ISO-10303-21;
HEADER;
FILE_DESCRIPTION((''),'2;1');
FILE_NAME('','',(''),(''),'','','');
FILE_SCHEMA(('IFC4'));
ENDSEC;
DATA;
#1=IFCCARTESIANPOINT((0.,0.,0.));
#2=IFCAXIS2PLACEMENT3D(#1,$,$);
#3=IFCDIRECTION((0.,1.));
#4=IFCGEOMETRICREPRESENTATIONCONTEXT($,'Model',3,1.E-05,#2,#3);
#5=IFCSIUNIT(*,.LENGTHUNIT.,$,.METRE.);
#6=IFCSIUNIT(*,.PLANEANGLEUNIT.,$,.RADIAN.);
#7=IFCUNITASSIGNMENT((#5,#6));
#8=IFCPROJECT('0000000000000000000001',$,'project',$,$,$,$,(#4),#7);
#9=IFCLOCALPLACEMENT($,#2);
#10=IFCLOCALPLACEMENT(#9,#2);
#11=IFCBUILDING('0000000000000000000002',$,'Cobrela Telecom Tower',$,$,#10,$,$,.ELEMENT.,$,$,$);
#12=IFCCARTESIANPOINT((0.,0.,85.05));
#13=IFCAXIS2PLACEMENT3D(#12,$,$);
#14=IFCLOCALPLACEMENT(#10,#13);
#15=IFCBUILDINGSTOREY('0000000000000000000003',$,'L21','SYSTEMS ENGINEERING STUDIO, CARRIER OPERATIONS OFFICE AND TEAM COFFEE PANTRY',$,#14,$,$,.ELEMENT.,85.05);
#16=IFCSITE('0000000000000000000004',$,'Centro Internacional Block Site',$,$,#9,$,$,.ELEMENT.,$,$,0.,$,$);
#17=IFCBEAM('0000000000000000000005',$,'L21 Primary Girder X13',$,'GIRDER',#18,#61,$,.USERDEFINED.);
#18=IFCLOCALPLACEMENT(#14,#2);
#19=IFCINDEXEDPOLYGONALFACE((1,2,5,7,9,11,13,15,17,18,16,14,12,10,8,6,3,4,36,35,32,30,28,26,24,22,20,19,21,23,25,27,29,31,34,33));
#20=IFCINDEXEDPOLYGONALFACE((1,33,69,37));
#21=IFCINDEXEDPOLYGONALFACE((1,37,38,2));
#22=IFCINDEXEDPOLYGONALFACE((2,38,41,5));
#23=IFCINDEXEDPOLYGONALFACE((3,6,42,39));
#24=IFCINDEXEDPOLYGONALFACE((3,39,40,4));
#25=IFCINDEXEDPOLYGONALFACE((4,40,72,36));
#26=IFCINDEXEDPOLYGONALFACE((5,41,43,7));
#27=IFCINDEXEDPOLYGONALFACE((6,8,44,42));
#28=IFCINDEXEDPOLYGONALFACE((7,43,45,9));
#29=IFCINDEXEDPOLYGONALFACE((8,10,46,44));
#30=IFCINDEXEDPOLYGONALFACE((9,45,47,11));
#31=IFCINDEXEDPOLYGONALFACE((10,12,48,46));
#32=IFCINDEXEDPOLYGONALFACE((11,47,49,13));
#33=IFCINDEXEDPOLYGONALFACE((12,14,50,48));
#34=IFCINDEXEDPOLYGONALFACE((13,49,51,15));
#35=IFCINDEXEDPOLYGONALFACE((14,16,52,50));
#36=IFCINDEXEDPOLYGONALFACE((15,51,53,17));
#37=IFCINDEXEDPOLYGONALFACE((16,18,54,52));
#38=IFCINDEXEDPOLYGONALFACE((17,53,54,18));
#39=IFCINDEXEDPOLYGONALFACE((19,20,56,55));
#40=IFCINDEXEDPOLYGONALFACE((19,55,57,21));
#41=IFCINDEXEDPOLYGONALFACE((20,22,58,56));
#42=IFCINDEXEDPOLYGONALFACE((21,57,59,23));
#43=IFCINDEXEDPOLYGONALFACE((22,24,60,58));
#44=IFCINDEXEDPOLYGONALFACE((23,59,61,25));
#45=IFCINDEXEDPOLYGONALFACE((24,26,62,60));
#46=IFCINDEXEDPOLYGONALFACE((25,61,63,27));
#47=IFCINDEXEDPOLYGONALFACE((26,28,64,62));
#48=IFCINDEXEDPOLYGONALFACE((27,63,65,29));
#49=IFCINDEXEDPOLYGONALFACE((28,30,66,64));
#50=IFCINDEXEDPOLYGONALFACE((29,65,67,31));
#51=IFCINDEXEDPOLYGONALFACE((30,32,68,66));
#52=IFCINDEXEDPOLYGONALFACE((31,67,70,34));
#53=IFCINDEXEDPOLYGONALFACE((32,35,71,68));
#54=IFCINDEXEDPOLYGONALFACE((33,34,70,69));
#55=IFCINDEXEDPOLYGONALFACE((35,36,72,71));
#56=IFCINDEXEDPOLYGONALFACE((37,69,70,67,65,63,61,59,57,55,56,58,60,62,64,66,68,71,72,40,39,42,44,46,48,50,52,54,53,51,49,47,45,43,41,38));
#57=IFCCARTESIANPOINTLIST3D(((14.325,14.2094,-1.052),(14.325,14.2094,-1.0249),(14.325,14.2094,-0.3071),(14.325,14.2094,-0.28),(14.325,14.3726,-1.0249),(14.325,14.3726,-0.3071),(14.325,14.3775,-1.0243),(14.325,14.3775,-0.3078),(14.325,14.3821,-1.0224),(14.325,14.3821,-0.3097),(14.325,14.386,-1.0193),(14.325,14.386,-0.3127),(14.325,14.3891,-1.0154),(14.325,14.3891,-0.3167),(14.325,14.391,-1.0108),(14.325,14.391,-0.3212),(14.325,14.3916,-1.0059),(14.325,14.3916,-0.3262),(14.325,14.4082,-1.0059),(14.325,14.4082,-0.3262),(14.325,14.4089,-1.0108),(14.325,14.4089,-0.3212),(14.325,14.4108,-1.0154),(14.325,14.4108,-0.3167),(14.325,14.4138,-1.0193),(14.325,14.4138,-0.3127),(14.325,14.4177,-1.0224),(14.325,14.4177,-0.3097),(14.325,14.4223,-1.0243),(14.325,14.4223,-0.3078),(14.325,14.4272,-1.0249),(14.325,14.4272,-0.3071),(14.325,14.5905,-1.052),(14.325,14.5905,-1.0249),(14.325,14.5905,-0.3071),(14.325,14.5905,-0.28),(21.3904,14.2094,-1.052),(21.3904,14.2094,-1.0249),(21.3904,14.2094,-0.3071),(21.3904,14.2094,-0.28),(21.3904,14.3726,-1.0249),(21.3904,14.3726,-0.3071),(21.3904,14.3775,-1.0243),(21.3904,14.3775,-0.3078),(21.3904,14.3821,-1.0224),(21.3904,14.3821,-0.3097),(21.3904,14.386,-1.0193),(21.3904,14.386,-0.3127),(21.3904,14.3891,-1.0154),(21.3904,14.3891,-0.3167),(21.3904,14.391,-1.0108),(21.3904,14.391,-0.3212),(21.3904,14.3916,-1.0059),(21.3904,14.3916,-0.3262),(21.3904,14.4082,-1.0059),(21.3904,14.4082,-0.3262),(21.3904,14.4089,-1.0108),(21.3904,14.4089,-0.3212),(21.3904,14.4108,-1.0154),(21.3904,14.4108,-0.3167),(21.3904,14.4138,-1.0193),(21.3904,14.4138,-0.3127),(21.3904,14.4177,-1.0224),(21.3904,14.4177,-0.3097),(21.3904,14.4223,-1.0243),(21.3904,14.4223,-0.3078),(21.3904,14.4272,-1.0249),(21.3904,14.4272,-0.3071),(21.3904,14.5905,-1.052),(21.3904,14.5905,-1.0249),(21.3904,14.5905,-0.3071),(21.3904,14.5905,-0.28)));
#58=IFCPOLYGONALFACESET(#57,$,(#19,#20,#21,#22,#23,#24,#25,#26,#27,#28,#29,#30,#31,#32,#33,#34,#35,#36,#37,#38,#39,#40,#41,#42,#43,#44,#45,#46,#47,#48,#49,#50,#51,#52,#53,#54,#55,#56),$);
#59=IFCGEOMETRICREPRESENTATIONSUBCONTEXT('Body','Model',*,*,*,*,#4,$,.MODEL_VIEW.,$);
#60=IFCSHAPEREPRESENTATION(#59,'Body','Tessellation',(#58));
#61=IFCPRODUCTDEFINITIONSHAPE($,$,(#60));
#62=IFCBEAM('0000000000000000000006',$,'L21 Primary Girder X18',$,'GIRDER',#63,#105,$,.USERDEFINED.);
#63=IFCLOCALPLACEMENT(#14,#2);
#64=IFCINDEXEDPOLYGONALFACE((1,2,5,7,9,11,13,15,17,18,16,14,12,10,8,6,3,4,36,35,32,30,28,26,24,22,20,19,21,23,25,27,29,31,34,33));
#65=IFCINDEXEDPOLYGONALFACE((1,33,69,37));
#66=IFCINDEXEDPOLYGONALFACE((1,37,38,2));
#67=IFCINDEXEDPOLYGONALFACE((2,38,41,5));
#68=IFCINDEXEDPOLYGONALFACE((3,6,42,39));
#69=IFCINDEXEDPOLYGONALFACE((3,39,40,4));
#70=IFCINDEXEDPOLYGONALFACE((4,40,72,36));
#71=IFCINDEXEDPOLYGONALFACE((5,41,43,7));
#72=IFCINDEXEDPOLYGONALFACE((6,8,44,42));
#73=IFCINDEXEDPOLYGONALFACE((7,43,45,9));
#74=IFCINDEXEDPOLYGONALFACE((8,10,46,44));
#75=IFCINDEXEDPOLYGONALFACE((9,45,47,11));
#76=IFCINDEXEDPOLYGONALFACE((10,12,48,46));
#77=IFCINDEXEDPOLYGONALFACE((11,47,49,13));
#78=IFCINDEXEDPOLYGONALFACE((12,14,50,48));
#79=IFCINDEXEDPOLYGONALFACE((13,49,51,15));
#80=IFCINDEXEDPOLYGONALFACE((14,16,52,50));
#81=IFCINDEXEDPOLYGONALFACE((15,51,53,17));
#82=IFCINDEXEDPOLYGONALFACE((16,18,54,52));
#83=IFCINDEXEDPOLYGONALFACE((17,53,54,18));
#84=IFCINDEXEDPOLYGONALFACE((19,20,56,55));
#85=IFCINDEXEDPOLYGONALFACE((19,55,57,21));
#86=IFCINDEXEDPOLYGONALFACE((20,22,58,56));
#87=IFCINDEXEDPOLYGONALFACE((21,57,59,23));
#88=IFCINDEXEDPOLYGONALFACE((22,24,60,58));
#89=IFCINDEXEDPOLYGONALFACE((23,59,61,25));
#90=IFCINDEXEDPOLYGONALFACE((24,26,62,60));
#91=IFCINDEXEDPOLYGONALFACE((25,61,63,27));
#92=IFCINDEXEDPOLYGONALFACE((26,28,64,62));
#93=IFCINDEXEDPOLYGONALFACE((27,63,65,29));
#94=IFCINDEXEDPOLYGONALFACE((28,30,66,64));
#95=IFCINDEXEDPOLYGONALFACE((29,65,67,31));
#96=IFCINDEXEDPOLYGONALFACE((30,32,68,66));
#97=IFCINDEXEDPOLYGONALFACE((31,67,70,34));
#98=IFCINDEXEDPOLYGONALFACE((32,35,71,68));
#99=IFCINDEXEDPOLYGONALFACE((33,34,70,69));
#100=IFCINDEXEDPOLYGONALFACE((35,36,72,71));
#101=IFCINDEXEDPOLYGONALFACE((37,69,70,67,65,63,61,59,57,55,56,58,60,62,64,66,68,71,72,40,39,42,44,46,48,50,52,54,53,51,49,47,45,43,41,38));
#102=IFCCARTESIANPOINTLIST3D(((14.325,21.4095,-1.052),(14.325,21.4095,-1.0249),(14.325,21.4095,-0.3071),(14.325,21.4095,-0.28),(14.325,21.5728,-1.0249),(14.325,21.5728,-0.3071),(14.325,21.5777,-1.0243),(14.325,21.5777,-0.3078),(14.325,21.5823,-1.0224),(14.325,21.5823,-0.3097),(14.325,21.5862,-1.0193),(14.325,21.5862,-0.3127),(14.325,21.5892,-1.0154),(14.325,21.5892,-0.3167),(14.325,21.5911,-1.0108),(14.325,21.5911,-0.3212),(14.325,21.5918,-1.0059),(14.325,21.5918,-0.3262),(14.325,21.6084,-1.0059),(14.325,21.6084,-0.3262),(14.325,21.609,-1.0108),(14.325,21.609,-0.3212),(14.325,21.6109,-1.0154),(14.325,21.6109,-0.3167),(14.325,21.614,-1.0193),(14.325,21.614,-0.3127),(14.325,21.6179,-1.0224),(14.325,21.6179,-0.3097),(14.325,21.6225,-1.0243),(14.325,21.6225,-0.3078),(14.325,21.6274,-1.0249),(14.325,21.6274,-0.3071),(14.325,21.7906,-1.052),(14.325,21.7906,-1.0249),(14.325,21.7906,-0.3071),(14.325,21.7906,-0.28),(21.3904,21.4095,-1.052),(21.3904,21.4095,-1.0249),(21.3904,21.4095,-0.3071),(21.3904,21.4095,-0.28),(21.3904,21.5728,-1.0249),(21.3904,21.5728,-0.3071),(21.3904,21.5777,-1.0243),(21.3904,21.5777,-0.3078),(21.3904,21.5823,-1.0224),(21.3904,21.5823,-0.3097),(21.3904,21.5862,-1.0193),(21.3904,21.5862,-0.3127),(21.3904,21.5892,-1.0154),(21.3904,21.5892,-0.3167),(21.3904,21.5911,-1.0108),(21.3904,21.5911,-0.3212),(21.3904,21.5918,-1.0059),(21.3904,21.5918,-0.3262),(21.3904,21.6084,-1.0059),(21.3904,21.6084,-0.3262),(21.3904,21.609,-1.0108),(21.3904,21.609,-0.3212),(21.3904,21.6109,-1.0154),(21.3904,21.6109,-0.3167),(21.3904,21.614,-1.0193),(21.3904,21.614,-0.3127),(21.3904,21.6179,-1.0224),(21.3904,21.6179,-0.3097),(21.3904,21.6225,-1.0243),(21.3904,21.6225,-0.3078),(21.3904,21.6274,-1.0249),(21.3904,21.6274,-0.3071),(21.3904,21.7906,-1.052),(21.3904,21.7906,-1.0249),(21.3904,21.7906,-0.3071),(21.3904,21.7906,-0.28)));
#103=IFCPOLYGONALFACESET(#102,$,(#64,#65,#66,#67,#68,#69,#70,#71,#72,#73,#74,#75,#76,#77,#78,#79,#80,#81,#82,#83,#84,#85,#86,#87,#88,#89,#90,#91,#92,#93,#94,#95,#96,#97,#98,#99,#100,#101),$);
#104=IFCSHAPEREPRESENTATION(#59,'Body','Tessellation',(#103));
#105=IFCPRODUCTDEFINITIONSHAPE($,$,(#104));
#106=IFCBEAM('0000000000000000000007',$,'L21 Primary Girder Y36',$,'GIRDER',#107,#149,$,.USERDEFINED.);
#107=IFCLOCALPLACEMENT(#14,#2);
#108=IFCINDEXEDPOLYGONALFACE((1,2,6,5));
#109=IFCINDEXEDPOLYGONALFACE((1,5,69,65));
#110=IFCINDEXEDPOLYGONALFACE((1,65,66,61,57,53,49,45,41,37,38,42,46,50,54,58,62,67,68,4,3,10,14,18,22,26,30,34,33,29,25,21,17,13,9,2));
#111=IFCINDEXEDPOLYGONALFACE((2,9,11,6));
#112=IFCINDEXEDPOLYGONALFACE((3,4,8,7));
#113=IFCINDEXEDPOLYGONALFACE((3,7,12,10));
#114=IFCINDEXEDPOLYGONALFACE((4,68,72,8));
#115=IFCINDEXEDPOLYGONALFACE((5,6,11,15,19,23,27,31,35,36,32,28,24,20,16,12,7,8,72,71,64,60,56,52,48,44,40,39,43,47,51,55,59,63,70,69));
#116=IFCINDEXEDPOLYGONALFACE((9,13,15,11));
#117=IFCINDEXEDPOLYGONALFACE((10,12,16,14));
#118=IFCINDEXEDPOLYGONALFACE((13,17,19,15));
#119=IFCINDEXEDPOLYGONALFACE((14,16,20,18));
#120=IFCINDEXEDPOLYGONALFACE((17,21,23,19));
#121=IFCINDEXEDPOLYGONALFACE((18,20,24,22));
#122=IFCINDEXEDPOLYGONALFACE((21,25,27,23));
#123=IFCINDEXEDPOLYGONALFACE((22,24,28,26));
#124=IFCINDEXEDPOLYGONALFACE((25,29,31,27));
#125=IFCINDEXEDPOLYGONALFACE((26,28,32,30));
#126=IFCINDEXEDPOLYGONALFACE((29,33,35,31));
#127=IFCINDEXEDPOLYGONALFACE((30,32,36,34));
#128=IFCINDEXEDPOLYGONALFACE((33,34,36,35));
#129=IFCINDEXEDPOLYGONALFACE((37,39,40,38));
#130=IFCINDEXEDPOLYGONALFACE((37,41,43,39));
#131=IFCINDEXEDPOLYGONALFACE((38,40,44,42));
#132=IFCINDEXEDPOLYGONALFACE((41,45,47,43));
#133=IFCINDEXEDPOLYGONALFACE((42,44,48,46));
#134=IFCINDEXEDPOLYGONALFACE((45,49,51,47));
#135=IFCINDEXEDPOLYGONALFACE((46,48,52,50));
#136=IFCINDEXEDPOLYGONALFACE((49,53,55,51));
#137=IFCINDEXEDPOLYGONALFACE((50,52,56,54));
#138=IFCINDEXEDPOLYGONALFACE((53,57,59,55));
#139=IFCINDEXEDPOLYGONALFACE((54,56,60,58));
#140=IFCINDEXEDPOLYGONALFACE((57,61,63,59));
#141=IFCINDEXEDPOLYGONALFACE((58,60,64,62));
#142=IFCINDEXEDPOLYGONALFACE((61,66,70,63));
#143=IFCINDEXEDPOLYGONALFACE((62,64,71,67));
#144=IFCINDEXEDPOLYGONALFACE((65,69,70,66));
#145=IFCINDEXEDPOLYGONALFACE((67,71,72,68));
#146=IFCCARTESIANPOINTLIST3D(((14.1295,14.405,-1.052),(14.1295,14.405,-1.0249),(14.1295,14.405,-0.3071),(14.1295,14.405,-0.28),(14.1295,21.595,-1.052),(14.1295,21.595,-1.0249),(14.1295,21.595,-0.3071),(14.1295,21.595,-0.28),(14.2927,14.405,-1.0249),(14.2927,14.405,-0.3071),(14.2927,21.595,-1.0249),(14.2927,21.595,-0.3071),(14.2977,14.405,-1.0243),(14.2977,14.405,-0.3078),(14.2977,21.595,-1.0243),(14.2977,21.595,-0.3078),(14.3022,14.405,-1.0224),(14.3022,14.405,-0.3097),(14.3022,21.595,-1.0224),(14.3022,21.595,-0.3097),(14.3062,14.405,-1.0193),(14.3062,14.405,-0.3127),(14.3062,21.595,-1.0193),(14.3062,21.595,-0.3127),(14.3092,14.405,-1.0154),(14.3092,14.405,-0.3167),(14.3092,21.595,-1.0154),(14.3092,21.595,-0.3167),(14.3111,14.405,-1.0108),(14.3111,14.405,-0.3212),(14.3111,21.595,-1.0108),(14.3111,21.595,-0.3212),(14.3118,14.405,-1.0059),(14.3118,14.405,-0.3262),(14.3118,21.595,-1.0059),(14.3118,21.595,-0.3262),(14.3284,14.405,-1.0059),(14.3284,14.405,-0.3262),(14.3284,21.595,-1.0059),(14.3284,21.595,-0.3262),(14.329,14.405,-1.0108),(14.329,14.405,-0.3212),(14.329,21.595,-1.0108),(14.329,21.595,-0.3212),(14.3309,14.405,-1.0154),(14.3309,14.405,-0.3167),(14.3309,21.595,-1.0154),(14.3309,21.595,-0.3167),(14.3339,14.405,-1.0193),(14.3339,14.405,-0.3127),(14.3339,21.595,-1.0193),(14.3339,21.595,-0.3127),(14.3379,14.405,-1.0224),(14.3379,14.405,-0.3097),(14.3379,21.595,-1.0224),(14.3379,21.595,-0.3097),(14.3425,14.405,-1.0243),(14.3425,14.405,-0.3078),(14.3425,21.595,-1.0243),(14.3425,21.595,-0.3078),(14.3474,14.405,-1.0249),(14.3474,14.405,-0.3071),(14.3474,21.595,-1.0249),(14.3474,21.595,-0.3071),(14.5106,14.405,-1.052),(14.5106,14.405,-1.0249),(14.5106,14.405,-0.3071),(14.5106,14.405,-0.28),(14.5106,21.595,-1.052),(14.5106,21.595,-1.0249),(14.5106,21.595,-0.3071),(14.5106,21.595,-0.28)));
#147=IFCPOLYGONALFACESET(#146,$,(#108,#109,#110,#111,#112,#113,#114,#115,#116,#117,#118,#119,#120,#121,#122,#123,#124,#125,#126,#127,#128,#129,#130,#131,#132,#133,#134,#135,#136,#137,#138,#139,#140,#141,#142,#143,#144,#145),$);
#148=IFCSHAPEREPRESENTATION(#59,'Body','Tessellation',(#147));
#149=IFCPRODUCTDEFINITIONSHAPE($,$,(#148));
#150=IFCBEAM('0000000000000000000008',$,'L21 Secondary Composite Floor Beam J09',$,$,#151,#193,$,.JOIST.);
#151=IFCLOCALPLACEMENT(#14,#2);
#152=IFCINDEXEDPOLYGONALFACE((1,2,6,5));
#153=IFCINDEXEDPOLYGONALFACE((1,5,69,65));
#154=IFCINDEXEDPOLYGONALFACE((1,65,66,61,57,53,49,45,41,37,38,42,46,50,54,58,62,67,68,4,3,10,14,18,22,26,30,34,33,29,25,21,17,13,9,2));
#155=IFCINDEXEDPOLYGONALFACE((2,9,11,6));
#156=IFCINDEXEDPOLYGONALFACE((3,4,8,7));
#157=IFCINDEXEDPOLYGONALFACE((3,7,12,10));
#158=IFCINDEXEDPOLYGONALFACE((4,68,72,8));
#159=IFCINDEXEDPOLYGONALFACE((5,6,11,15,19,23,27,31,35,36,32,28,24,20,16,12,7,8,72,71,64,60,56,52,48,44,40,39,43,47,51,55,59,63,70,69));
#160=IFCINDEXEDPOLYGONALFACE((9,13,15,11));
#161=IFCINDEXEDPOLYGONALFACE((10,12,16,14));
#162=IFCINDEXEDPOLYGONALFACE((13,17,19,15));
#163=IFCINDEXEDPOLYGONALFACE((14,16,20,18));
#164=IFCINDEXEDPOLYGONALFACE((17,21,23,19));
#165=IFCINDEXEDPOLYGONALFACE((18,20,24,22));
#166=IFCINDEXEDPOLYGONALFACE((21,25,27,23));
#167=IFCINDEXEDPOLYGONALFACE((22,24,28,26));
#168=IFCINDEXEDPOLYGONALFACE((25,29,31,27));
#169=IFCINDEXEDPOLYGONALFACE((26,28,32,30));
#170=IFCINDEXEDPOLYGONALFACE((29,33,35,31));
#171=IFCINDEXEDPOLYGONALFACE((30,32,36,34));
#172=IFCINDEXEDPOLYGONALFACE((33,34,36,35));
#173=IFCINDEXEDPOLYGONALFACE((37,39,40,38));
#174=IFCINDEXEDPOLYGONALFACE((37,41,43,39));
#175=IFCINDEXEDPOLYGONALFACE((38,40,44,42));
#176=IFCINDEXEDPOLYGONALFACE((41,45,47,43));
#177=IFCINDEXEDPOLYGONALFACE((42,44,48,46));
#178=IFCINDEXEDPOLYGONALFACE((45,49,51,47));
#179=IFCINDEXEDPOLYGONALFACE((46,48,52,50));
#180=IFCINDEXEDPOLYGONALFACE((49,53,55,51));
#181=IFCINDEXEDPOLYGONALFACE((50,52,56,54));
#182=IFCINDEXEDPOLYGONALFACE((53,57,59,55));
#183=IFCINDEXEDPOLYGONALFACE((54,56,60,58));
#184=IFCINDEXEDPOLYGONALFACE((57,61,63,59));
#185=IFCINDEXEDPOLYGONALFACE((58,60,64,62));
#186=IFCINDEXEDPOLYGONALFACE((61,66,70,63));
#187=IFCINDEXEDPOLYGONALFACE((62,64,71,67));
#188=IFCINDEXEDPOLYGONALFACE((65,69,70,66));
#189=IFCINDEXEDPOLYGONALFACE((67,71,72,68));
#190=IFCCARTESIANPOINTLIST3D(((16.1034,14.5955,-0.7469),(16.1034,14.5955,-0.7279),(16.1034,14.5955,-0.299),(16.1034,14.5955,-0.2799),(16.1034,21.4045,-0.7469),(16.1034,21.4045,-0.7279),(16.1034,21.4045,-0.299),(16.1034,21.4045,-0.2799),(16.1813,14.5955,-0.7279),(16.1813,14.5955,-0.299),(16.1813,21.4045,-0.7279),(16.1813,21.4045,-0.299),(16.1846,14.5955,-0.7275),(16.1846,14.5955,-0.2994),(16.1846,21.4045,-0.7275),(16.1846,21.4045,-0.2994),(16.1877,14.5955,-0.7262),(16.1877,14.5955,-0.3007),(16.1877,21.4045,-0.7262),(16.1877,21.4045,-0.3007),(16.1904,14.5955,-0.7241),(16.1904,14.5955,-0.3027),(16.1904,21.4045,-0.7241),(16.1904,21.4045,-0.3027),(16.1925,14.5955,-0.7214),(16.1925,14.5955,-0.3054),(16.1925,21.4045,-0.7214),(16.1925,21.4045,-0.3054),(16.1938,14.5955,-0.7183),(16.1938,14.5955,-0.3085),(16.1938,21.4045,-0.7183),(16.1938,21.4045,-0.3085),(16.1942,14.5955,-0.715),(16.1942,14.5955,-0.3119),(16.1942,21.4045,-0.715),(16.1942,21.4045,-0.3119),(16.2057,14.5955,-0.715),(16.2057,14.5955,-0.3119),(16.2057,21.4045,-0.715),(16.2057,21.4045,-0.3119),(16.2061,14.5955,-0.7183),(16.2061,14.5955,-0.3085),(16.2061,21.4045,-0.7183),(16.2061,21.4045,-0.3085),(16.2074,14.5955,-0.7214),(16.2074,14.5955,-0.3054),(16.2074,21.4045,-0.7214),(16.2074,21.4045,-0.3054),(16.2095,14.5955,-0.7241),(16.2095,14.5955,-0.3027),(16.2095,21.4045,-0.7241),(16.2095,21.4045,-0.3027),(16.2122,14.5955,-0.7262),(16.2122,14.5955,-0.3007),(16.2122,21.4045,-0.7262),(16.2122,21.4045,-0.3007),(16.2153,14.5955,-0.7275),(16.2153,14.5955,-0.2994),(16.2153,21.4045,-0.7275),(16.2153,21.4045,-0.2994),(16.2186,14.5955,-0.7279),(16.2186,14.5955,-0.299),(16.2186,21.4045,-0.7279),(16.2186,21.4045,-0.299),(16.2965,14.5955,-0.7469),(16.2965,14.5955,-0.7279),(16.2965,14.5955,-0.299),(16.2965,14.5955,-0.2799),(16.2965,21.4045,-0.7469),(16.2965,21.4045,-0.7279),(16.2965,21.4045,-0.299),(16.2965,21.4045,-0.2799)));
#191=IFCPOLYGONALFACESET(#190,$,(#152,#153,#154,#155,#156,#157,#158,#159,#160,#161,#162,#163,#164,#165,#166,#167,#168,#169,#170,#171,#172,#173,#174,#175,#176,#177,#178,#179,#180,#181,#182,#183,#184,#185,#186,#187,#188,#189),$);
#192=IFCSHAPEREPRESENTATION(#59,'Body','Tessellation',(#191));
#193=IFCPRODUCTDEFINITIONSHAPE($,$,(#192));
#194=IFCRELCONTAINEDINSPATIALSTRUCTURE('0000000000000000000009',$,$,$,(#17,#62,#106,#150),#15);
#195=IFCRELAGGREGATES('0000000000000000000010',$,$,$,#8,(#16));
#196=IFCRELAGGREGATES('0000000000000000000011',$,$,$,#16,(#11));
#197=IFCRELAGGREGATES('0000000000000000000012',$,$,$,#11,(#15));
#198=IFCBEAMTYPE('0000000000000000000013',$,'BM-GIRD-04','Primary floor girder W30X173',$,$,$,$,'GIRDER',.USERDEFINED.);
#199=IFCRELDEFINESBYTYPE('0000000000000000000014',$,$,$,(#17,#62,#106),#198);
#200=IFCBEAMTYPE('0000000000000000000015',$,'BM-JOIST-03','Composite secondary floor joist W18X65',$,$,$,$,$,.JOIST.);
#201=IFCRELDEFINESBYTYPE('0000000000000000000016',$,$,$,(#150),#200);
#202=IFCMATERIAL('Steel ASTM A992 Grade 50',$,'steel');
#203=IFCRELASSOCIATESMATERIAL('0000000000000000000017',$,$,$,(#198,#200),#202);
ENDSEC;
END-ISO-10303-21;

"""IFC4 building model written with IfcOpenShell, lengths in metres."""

from ifc_helpers import new_model, si_unit, direction, frame, origin, origin_2d, place, context, subcontext, project, spatial, i_section, extrude, material, material_profile, profile_set, type_object, element, save


model = new_model("IFC4")

# Units and contexts
model_context = context("Model", 3, precision=1e-05, world=origin(), true_north=direction((0.0, 1.0)))
body_context = subcontext(model_context, "Body", "Model", "MODEL_VIEW")
ifc_project = project(units=[si_unit("LENGTHUNIT", "METRE"), si_unit("PLANEANGLEUNIT", "RADIAN")], contexts=[model_context])

# Site, building, storey
site_placement = place(None, origin())
site = spatial("IfcSite", under=ifc_project, at=site_placement, Name="Centro Internacional Block Site", CompositionType="ELEMENT", RefElevation=0.0)
building_placement = place(site_placement, origin())
building = spatial("IfcBuilding", under=site, at=building_placement, Name="Cobrela Telecom Tower", CompositionType="ELEMENT")
storey_placement = place(building_placement, frame((0.0, 0.0, 85.05)))
storey = spatial("IfcBuildingStorey", under=building, at=storey_placement, Name="L21", Description="SYSTEMS ENGINEERING STUDIO, CARRIER OPERATIONS OFFICE AND TEAM COFFEE PANTRY", CompositionType="ELEMENT", Elevation=85.05)

# Beams
ifc_material_1 = material(Name="Steel ASTM A992 Grade 50", Category="steel")
ifc_material_profile_1 = material_profile(ifc_material_1, i_section(OverallWidth=0.3811, OverallDepth=0.772, WebThickness=0.0166, FlangeThickness=0.0271, FilletRadius=0.019, at=origin_2d()), Name="W30X173")
ifc_profile_set_1 = profile_set([ifc_material_profile_1], Name="Steel ASTM A992 Grade 50")
beam_type_1 = type_object("IfcBeamType", Name="BM-GIRD-04", Description="Primary floor girder W30X173", ElementType="GIRDER", PredefinedType="USERDEFINED", material=ifc_profile_set_1)
for number, where, z_axis, x_axis, name in (
    (1, (14.325, 14.3999, -0.666), (1.0, 0.0, 0.0), (0.0, 1.0, 0.0), "L21 Primary Girder X13"),
    (2, (14.325, 21.6001, -0.666), (1.0, 0.0, 0.0), (0.0, 1.0, 0.0), "L21 Primary Girder X18"),
):
    element("IfcBeam", number, at=place(storey_placement, frame(where, z_axis=z_axis, x_axis=x_axis)), inside=storey, type_object=beam_type_1, Name=name, ObjectType="GIRDER", PredefinedType="USERDEFINED", context=body_context, shape_type="SweptSolid", body=[
        extrude(i_section(OverallWidth=0.3811, OverallDepth=0.772, WebThickness=0.0166, FlangeThickness=0.0271, FilletRadius=0.019, at=origin_2d()), origin(), (0.0, 0.0, 1.0), 7.0654),
    ])
beam_placement = place(storey_placement, frame((14.3201, 14.405, -0.666), z_axis=(0.0, 1.0, 0.0), x_axis=(-1.0, 0.0, 0.0)))
element("IfcBeam", 3, at=beam_placement, inside=storey, type_object=beam_type_1, Name="L21 Primary Girder Y36", ObjectType="GIRDER", PredefinedType="USERDEFINED", context=body_context, shape_type="SweptSolid", body=[
    extrude(i_section(OverallWidth=0.3811, OverallDepth=0.772, WebThickness=0.0166, FlangeThickness=0.0271, FilletRadius=0.019, at=origin_2d()), origin(), (0.0, 0.0, 1.0), 7.1899),
])
ifc_material_profile_2 = material_profile(ifc_material_1, i_section(OverallWidth=0.1931, OverallDepth=0.467, WebThickness=0.0115, FlangeThickness=0.019, FilletRadius=0.0129, at=origin_2d()), Name="W18X65")
ifc_profile_set_2 = profile_set([ifc_material_profile_2], Name="Steel ASTM A992 Grade 50")
beam_type_2 = type_object("IfcBeamType", Name="BM-JOIST-03", Description="Composite secondary floor joist W18X65", PredefinedType="JOIST", material=ifc_profile_set_2)
for number, where, z_axis, x_axis, name in (
    (4, (16.2, 14.5955, -0.5134), (0.0, 1.0, 0.0), (-1.0, 0.0, 0.0), "L21 Secondary Composite Floor Beam J09"),
):
    element("IfcBeam", number, at=place(storey_placement, frame(where, z_axis=z_axis, x_axis=x_axis)), inside=storey, type_object=beam_type_2, Name=name, PredefinedType="JOIST", context=body_context, shape_type="SweptSolid", body=[
        extrude(i_section(OverallWidth=0.1931, OverallDepth=0.467, WebThickness=0.0115, FlangeThickness=0.019, FilletRadius=0.0129, at=origin_2d()), origin(), (0.0, 0.0, 1.0), 6.8091),
    ])

save(model, "model.ifc")
